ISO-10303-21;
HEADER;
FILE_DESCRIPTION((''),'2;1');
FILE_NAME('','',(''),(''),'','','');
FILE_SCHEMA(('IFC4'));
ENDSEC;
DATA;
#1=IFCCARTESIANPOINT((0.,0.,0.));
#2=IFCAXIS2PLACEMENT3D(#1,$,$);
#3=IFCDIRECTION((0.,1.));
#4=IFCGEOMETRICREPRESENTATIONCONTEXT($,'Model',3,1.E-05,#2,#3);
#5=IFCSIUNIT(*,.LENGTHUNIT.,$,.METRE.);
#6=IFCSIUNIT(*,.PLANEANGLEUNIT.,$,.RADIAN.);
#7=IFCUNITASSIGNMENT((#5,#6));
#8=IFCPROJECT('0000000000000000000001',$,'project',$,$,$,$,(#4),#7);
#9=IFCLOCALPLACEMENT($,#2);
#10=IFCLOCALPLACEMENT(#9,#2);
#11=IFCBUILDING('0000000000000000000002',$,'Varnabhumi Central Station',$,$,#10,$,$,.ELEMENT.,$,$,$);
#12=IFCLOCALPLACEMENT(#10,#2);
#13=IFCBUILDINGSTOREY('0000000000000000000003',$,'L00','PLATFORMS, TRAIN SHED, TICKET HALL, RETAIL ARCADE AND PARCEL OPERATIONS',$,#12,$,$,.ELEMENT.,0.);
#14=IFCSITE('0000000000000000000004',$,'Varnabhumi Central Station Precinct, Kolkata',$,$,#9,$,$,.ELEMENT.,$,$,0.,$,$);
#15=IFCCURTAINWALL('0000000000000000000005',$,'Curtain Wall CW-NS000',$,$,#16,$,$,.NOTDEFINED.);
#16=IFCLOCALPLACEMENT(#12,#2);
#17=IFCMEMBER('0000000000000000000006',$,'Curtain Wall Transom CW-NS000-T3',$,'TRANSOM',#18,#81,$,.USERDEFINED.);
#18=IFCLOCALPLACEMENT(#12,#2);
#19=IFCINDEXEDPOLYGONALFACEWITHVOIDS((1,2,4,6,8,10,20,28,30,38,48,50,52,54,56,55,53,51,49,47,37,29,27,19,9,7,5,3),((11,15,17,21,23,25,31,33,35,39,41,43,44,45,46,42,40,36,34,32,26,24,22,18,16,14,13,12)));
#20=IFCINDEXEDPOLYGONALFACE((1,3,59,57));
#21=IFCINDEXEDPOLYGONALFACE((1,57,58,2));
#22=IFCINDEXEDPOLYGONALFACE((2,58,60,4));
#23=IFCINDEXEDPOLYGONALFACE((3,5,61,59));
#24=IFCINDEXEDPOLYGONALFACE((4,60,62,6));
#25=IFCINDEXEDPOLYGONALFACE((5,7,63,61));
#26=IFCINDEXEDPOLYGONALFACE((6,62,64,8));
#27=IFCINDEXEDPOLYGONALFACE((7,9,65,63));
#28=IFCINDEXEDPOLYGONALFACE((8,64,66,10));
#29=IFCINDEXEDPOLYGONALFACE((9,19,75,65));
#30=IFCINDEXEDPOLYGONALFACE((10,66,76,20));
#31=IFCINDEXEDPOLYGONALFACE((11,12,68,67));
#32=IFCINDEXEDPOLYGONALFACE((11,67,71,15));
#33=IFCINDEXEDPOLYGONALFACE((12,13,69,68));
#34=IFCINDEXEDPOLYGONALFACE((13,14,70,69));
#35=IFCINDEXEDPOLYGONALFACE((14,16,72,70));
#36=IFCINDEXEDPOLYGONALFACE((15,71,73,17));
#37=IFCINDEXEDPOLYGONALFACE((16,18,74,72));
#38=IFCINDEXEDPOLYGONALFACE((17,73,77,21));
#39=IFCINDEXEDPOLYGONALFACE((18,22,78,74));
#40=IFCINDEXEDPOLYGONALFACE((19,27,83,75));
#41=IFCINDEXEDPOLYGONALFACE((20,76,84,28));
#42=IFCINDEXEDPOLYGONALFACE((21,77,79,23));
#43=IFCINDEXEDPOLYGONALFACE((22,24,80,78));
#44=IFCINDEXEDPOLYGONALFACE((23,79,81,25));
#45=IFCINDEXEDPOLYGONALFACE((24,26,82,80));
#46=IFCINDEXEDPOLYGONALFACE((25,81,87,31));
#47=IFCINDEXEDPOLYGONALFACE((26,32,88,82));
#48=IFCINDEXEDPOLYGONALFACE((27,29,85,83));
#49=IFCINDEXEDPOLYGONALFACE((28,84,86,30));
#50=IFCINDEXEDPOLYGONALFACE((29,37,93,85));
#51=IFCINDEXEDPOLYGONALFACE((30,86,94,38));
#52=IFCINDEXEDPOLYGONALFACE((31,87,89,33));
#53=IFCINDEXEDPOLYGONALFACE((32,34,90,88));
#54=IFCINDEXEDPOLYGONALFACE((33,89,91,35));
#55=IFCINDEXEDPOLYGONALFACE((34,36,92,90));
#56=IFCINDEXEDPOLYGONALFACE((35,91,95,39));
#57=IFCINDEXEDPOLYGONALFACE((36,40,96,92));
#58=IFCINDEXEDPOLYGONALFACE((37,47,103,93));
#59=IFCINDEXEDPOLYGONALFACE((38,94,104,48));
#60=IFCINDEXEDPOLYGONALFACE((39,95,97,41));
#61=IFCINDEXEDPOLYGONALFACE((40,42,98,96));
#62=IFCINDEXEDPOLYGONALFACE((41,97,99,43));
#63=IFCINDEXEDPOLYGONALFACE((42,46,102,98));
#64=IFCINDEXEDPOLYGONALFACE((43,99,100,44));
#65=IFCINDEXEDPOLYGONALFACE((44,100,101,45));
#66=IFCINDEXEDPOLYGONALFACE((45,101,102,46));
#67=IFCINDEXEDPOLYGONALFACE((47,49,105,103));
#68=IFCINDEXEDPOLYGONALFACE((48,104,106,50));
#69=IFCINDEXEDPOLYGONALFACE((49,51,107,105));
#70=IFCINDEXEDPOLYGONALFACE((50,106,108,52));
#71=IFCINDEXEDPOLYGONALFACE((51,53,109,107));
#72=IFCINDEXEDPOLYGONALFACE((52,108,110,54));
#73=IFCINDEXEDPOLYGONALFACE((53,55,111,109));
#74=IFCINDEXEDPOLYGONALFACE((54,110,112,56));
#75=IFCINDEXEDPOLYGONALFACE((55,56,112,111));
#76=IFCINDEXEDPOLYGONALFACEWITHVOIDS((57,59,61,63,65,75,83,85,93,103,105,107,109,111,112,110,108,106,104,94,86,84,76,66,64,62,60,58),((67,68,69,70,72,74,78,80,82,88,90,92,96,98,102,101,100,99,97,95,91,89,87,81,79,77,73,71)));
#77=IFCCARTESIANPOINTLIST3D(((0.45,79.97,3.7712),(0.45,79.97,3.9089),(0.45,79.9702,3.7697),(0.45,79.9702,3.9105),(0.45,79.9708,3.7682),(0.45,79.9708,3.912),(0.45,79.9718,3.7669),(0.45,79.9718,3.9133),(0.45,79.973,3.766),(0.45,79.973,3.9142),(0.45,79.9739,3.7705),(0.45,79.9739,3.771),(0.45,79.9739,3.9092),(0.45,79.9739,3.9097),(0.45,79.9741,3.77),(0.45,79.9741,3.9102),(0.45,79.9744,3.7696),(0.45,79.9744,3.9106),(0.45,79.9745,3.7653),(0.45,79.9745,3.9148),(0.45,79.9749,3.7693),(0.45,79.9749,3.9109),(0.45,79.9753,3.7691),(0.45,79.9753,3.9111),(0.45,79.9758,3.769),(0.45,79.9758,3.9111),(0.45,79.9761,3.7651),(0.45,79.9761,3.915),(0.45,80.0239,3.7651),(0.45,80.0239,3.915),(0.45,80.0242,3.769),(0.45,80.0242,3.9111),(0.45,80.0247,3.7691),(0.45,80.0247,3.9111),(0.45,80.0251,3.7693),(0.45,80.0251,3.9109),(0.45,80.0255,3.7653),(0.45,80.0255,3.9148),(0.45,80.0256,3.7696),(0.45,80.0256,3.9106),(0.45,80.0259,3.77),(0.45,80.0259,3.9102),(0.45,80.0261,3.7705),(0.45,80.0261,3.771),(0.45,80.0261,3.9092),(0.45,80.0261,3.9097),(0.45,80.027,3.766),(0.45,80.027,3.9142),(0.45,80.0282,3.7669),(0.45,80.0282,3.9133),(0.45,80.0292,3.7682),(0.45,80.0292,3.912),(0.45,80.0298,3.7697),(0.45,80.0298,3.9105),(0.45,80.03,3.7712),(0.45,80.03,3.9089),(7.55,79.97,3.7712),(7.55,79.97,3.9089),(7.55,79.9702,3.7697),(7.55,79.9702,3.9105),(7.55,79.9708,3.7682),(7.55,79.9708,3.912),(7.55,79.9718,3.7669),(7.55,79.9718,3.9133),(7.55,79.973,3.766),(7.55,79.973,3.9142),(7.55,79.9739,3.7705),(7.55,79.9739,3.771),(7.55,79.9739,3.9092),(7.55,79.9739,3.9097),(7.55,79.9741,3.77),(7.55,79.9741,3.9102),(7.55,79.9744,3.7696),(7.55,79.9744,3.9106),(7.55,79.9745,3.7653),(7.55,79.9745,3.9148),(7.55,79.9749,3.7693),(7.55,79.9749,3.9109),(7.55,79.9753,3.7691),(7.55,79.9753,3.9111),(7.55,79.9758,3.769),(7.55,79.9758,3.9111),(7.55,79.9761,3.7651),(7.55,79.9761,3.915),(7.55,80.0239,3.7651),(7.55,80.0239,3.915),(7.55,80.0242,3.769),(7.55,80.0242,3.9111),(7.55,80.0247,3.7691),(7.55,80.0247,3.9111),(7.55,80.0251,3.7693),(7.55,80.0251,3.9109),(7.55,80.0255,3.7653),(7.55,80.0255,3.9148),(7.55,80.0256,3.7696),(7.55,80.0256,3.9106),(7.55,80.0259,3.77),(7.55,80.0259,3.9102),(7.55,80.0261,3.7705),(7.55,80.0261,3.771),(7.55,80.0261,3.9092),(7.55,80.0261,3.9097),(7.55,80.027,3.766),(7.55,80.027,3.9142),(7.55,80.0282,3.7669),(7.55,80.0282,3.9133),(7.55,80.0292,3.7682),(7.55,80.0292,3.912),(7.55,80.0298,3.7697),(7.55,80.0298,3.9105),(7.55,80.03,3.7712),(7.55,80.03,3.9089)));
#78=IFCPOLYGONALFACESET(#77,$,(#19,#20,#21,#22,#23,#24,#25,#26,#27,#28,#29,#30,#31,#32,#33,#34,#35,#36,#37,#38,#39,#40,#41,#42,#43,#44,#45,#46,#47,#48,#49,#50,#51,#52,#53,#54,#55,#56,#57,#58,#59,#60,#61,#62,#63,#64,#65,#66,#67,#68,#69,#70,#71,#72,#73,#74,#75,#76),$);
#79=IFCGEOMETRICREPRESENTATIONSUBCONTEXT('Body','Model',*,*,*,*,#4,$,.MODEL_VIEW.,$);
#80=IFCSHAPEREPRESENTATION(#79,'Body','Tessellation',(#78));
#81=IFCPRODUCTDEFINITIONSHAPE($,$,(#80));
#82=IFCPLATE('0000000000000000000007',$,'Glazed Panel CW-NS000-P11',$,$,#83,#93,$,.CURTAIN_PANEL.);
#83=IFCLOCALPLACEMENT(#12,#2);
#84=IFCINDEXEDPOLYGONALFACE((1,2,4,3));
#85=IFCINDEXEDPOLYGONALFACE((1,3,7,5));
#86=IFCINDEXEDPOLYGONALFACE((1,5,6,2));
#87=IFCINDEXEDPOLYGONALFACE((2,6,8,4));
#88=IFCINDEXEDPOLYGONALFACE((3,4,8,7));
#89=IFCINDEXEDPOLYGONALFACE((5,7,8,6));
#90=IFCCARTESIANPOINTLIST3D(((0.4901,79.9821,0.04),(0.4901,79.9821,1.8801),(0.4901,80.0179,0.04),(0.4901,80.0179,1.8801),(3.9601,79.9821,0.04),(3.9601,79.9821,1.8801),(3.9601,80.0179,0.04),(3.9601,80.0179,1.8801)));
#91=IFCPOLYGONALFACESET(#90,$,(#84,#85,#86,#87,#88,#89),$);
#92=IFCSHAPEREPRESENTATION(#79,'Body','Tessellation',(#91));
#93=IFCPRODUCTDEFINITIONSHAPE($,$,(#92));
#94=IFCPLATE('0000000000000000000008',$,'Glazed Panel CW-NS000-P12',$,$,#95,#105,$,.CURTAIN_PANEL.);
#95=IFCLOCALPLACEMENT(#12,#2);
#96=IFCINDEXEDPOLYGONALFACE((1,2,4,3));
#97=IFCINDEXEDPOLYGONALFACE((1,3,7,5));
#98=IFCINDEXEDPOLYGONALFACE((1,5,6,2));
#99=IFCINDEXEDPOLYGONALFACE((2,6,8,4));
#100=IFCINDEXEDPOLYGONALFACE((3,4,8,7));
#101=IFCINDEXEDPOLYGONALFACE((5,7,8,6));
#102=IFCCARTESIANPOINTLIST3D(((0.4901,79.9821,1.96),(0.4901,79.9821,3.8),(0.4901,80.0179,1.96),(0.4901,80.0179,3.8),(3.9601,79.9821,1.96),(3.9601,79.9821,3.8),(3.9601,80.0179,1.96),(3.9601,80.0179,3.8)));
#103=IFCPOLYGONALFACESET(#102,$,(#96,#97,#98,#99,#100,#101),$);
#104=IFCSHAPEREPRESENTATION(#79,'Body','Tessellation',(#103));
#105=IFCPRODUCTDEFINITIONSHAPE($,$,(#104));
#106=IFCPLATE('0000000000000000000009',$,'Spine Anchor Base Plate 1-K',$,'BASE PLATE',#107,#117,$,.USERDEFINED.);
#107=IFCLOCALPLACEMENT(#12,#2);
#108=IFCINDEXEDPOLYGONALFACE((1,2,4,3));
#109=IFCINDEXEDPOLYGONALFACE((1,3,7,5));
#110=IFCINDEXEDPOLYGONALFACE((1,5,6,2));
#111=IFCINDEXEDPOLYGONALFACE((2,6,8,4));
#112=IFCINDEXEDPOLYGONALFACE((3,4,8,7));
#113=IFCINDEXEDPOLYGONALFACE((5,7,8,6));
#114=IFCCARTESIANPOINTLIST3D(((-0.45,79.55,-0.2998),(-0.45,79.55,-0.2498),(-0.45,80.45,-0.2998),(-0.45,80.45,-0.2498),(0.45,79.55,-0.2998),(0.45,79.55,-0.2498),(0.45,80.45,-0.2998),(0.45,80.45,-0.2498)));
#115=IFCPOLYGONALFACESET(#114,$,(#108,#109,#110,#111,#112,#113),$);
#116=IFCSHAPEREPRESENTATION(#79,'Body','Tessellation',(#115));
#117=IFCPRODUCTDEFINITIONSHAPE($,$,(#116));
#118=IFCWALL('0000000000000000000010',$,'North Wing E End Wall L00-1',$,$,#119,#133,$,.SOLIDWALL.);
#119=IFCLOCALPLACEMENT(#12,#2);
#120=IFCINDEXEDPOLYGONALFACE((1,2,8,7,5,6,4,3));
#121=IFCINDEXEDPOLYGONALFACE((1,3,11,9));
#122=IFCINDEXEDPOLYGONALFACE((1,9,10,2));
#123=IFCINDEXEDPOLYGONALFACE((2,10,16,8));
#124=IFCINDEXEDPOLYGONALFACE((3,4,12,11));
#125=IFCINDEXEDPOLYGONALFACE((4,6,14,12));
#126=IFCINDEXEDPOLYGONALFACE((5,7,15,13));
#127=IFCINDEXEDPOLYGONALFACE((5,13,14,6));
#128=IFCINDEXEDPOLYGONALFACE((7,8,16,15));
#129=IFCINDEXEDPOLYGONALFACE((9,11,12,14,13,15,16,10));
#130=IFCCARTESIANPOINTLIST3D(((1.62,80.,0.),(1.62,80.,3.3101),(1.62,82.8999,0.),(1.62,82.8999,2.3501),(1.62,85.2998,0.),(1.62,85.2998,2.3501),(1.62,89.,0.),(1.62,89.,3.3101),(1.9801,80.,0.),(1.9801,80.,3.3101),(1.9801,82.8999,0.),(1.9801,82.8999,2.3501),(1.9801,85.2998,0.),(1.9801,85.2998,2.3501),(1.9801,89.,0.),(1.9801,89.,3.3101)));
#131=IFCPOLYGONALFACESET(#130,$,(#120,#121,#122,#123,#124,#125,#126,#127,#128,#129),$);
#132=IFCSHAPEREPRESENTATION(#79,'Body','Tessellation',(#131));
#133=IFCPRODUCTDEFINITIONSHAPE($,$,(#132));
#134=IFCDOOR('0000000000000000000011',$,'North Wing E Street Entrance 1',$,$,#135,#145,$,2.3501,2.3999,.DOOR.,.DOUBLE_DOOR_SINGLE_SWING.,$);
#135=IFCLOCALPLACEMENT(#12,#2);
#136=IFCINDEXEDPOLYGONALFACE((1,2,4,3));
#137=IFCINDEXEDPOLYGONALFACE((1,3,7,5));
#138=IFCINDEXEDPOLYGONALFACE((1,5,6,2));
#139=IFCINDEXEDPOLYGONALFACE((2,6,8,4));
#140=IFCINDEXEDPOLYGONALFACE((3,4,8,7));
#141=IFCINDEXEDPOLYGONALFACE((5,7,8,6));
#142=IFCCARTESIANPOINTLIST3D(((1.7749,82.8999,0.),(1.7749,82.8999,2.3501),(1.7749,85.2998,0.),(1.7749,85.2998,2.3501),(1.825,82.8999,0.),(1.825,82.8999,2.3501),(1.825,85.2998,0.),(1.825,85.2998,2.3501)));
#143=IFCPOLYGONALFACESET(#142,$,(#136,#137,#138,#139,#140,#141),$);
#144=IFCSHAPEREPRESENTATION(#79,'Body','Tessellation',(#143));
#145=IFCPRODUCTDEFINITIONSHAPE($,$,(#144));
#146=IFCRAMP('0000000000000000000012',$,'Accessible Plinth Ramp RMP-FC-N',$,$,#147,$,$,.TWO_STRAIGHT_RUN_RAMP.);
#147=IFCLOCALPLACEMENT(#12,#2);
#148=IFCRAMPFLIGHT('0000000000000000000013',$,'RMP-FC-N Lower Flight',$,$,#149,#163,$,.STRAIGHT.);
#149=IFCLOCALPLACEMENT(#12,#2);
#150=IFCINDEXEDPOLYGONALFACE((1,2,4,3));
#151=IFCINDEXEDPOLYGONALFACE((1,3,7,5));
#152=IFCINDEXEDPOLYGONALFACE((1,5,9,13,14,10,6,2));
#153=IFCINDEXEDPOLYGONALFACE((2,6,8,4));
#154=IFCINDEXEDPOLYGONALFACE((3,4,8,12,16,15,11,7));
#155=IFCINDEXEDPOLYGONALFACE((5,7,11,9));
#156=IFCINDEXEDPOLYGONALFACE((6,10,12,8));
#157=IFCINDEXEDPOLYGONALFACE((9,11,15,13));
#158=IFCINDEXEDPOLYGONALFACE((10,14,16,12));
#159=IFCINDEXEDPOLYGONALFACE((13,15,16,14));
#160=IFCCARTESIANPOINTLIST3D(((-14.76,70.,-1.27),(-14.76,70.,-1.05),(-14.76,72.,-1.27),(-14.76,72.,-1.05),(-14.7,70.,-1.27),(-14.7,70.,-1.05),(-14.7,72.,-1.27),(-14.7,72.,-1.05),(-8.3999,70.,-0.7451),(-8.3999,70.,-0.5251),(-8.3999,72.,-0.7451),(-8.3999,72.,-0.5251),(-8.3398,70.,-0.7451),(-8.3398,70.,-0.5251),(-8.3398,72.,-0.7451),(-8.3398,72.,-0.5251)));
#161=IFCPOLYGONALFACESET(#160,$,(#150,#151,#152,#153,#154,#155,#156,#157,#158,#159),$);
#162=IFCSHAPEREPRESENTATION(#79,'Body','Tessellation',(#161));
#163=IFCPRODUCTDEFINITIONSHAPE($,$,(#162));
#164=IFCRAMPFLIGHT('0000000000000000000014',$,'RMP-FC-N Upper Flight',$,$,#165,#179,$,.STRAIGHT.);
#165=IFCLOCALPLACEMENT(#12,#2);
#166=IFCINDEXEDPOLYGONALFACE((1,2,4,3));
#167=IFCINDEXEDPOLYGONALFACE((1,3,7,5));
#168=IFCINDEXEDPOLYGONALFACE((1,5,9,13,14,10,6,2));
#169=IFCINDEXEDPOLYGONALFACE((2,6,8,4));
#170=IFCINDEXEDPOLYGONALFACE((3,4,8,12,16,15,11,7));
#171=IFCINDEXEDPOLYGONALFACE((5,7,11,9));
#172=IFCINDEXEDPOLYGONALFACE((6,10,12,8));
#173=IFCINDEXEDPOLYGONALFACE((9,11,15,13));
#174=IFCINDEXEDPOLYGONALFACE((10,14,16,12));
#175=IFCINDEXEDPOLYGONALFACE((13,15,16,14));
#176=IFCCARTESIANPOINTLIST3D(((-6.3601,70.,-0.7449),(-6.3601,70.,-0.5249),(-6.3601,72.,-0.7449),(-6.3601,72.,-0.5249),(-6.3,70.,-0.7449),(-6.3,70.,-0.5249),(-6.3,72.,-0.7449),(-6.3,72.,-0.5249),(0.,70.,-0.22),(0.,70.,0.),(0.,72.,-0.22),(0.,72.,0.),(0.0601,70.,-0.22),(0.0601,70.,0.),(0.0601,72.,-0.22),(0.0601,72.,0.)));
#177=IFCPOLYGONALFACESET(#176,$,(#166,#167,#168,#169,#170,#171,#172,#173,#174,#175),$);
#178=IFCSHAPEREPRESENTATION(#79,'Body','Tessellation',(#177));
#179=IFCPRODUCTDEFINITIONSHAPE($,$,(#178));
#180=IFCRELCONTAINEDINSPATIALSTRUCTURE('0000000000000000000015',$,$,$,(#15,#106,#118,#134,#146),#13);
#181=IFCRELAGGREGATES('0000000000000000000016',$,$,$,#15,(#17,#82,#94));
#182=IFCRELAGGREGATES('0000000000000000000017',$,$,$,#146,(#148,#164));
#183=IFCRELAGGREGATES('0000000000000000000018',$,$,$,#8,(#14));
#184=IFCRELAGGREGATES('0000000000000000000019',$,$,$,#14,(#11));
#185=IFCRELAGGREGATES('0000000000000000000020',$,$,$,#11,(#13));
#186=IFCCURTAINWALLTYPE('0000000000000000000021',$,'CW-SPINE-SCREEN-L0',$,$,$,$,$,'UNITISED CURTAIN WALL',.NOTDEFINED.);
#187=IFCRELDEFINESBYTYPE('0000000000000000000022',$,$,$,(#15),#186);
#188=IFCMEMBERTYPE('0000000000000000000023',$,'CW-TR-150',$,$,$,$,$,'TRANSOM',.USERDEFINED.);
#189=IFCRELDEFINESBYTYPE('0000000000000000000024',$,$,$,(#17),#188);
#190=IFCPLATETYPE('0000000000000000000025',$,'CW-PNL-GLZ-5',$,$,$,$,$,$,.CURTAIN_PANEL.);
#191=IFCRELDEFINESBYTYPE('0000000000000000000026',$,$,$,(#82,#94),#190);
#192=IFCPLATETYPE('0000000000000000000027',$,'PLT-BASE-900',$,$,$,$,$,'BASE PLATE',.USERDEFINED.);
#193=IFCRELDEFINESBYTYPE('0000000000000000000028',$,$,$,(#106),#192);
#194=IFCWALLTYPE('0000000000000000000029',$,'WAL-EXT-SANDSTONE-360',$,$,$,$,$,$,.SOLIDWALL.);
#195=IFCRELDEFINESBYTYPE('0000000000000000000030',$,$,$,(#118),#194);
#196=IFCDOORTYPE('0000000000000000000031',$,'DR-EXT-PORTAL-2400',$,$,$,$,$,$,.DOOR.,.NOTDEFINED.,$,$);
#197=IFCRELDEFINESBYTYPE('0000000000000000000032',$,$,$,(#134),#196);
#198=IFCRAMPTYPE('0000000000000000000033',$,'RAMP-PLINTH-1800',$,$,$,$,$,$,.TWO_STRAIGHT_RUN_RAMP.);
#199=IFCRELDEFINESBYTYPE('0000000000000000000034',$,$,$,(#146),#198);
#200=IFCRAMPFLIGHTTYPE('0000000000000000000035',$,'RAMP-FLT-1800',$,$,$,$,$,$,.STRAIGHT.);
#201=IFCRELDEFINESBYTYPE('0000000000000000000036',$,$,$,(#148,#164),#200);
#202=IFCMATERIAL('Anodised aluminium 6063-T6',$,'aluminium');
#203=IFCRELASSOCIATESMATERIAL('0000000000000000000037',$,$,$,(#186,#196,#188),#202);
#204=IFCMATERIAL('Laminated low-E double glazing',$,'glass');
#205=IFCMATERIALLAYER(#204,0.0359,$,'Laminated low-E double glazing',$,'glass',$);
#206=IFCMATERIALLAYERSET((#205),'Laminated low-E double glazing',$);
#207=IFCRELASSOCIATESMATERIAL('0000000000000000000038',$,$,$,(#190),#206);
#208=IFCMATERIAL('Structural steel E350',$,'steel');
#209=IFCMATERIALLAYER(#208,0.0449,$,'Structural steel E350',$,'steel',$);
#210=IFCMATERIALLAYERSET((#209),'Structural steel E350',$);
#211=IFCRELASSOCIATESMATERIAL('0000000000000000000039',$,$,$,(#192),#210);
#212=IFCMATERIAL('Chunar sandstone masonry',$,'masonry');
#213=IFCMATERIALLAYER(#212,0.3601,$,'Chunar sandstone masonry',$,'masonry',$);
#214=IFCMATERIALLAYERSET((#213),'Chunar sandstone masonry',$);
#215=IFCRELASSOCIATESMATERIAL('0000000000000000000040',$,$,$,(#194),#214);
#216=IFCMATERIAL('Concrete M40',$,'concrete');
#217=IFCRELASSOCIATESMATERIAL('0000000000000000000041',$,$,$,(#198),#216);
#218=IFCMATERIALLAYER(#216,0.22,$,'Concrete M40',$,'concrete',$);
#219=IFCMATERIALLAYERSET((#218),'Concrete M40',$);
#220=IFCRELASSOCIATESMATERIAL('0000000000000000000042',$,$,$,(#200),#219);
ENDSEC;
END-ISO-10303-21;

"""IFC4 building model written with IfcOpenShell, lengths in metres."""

from ifc_helpers import new_model, si_unit, direction, frame, frame_2d, origin, origin_2d, place, context, subcontext, project, spatial, polyline, rectangle, hollow_rectangle, outline, extrude, material, layer, layer_set, material_profile, profile_set, type_object, element, fill, aggregate, save


model = new_model("IFC4")

# Units and contexts
model_context = context("Model", 3, precision=1e-05, world=origin(), true_north=direction((0.0, 1.0)))
body_context = subcontext(model_context, "Body", "Model", "MODEL_VIEW")
ifc_project = project(units=[si_unit("LENGTHUNIT", "METRE"), si_unit("PLANEANGLEUNIT", "RADIAN")], contexts=[model_context])

# Site, building, storey
site_placement = place(None, origin())
site = spatial("IfcSite", under=ifc_project, at=site_placement, Name="Varnabhumi Central Station Precinct, Kolkata", CompositionType="ELEMENT", RefElevation=0.0)
building_placement = place(site_placement, origin())
building = spatial("IfcBuilding", under=site, at=building_placement, Name="Varnabhumi Central Station", CompositionType="ELEMENT")
storey_placement = place(building_placement, origin())
storey = spatial("IfcBuildingStorey", under=building, at=storey_placement, Name="L00", Description="PLATFORMS, TRAIN SHED, TICKET HALL, RETAIL ARCADE AND PARCEL OPERATIONS", CompositionType="ELEMENT", Elevation=0.0)

# Shared definitions
ifc_material_1 = material(Name="Concrete M40", Category="concrete")

# Shared definitions
ifc_material_2 = material(Name="Structural steel E350", Category="steel")

# Curtain wall, member, plates
ifc_material_3 = material(Name="Anodised aluminium 6063-T6", Category="aluminium")
curtain_wall_type = type_object("IfcCurtainWallType", Name="CW-SPINE-SCREEN-L0", ElementType="UNITISED CURTAIN WALL", PredefinedType="NOTDEFINED", material=ifc_material_3)
curtain_wall_placement = place(storey_placement, origin())
curtain_wall = element("IfcCurtainWall", 1, at=curtain_wall_placement, inside=storey, type_object=curtain_wall_type, Name="Curtain Wall CW-NS000", PredefinedType="NOTDEFINED")
ifc_material_profile_1 = material_profile(ifc_material_3, hollow_rectangle(XDim=0.0601, YDim=0.1499, WallThickness=0.0039, InnerFilletRadius=0.002, OuterFilletRadius=0.0061, at=origin_2d()), Name="Anodised aluminium 6063-T6", Category="aluminium")
ifc_profile_set_1 = profile_set([ifc_material_profile_1], Name="Anodised aluminium 6063-T6")
member_type_1 = type_object("IfcMemberType", Name="CW-TR-150", ElementType="TRANSOM", PredefinedType="USERDEFINED", material=ifc_profile_set_1)
member_1_placement = place(storey_placement, frame((0.45, 80.0, 3.8401), z_axis=(1.0, 0.0, 0.0), x_axis=(0.0, 1.0, 0.0)))
member_1 = element("IfcMember", 2, at=member_1_placement, type_object=member_type_1, Name="Curtain Wall Transom CW-NS000-T3", ObjectType="TRANSOM", PredefinedType="USERDEFINED", context=body_context, shape_type="SweptSolid", body=[
    extrude(hollow_rectangle(XDim=0.0601, YDim=0.1499, WallThickness=0.0039, InnerFilletRadius=0.002, OuterFilletRadius=0.0061, at=origin_2d()), origin(), (0.0, 0.0, 1.0), 7.1001),
])
ifc_material_4 = material(Name="Laminated low-E double glazing", Category="glass")
ifc_layer_1 = layer(ifc_material_4, 0.0359, Name="Laminated low-E double glazing", Category="glass")
ifc_layer_set_1 = layer_set([ifc_layer_1], Name="Laminated low-E double glazing")
plate_type_1 = type_object("IfcPlateType", Name="CW-PNL-GLZ-5", PredefinedType="CURTAIN_PANEL", material=ifc_layer_set_1)
plate_1_placement = place(storey_placement, frame((2.2251, 80.0, 0.04), z_axis=(0.0, 0.0, 1.0), x_axis=(1.0, 0.0, 0.0)))
plate_1 = element("IfcPlate", 3, at=plate_1_placement, type_object=plate_type_1, Name="Glazed Panel CW-NS000-P11", PredefinedType="CURTAIN_PANEL", context=body_context, shape_type="SweptSolid", body=[
    extrude(rectangle(XDim=3.47, YDim=0.0359, at=origin_2d()), origin(), (0.0, 0.0, 1.0), 1.8401),
])
plate_2_placement = place(storey_placement, frame((2.2251, 80.0, 1.96), z_axis=(0.0, 0.0, 1.0), x_axis=(1.0, 0.0, 0.0)))
plate_2 = element("IfcPlate", 4, at=plate_2_placement, type_object=plate_type_1, Name="Glazed Panel CW-NS000-P12", PredefinedType="CURTAIN_PANEL", context=body_context, shape_type="SweptSolid", body=[
    extrude(rectangle(XDim=3.47, YDim=0.0359, at=origin_2d()), origin(), (0.0, 0.0, 1.0), 1.8401),
])
aggregate(curtain_wall, [member_1, plate_1, plate_2])

# Plate
ifc_layer_2 = layer(ifc_material_2, 0.0449, Name="Structural steel E350", Category="steel")
ifc_layer_set_2 = layer_set([ifc_layer_2], Name="Structural steel E350")
plate_type_2 = type_object("IfcPlateType", Name="PLT-BASE-900", ElementType="BASE PLATE", PredefinedType="USERDEFINED", material=ifc_layer_set_2)
plate_3_placement = place(storey_placement, frame((0.0, 80.0, -0.2998), z_axis=(0.0, 0.0, 1.0), x_axis=(1.0, 0.0, 0.0)))
element("IfcPlate", 5, at=plate_3_placement, inside=storey, type_object=plate_type_2, Name="Spine Anchor Base Plate 1-K", ObjectType="BASE PLATE", PredefinedType="USERDEFINED", context=body_context, shape_type="SweptSolid", body=[
    extrude(rectangle(XDim=0.8999, YDim=0.8999, at=origin_2d()), origin(), (0.0, 0.0, 1.0), 0.05),
])

# Wall, opening, door
ifc_material_5 = material(Name="Chunar sandstone masonry", Category="masonry")
ifc_layer_3 = layer(ifc_material_5, 0.3601, Name="Chunar sandstone masonry", Category="masonry")
ifc_layer_set_3 = layer_set([ifc_layer_3], Name="Chunar sandstone masonry")
wall_type = type_object("IfcWallType", Name="WAL-EXT-SANDSTONE-360", PredefinedType="SOLIDWALL", material=ifc_layer_set_3)
wall_placement = place(storey_placement, frame((1.8, 80.0, 0.0), z_axis=(0.0, 0.0, 1.0), x_axis=(0.0, 1.0, 0.0)))
wall = element("IfcWall", 6, at=wall_placement, inside=storey, type_object=wall_type, Name="North Wing E End Wall L00-1", PredefinedType="SOLIDWALL", context=body_context, shape_type="SweptSolid", body=[
    extrude(rectangle(XDim=9.0, YDim=0.3601, at=frame_2d((4.5, 0.0))), origin(), (0.0, 0.0, 1.0), 3.3101),
])
opening_placement = place(wall_placement, frame((2.8999, 0.0, 0.0)))
opening = element("IfcOpeningElement", 7, at=opening_placement, cuts=wall, PredefinedType="OPENING", context=body_context, shape_type="SweptSolid", body=[
    extrude(rectangle(XDim=2.3999, YDim=2.3501, at=frame_2d((1.2, 1.175))), frame((0.0, 0.1899, 0.0), z_axis=(0.0, -1.0, 0.0), x_axis=(1.0, 0.0, 0.0)), (0.0, 0.0, 1.0), 0.3801),
])
door_type = type_object("IfcDoorType", Name="DR-EXT-PORTAL-2400", OperationType="NOTDEFINED", PredefinedType="DOOR", material=ifc_material_3)
door_placement = place(opening_placement, frame((2.3999, 0.0, 0.0), z_axis=(0.0, 0.0, 1.0), x_axis=(-1.0, 0.0, 0.0)))
door = element("IfcDoor", 8, at=door_placement, inside=storey, type_object=door_type, Name="North Wing E Street Entrance 1", OperationType="DOUBLE_DOOR_SINGLE_SWING", OverallHeight=2.3501, OverallWidth=2.3999, PredefinedType="DOOR", context=body_context, shape_type="SweptSolid", body=[
    extrude(rectangle(XDim=2.3999, YDim=2.3501, at=frame_2d((1.2, 1.175))), frame((0.0, 0.0249, 0.0), z_axis=(0.0, -1.0, 0.0), x_axis=(1.0, 0.0, 0.0)), (0.0, 0.0, 1.0), 0.05),
])
fill(opening, door)

# Ramp, ramp flights
ramp_type = type_object("IfcRampType", Name="RAMP-PLINTH-1800", PredefinedType="TWO_STRAIGHT_RUN_RAMP", material=ifc_material_1)
ramp_placement = place(storey_placement, origin())
ramp = element("IfcRamp", 9, at=ramp_placement, inside=storey, type_object=ramp_type, Name="Accessible Plinth Ramp RMP-FC-N", PredefinedType="TWO_STRAIGHT_RUN_RAMP")
ifc_layer_4 = layer(ifc_material_1, 0.22, Name="Concrete M40", Category="concrete")
ifc_layer_set_4 = layer_set([ifc_layer_4], Name="Concrete M40")
ramp_flight_type = type_object("IfcRampFlightType", Name="RAMP-FLT-1800", PredefinedType="STRAIGHT", material=ifc_layer_set_4)
ramp_flight_1_placement = place(storey_placement, frame((-14.7, 71.0, -1.05), z_axis=(0.0, 0.0, 1.0), x_axis=(1.0, 0.0, 0.0)))
ramp_flight_1 = element("IfcRampFlight", 10, at=ramp_flight_1_placement, type_object=ramp_flight_type, Name="RMP-FC-N Lower Flight", PredefinedType="STRAIGHT", context=body_context, shape_type="SweptSolid", body=[
    extrude(outline(polyline([(-0.0601, 0.0), (0.0, 0.0), (6.3, 0.5249), (6.3601, 0.5249), (6.3601, 0.3049), (6.3, 0.3049), (0.0, -0.22), (-0.0601, -0.22), (-0.0601, 0.0)])), frame((0.0, 1.0, 0.0), z_axis=(0.0, -1.0, 0.0), x_axis=(1.0, 0.0, 0.0)), (0.0, 0.0, 1.0), 2.0),
])
ramp_flight_2_placement = place(storey_placement, frame((-6.3, 71.0, -0.5249), z_axis=(0.0, 0.0, 1.0), x_axis=(1.0, 0.0, 0.0)))
ramp_flight_2 = element("IfcRampFlight", 11, at=ramp_flight_2_placement, type_object=ramp_flight_type, Name="RMP-FC-N Upper Flight", PredefinedType="STRAIGHT", context=body_context, shape_type="SweptSolid", body=[
    extrude(outline(polyline([(-0.0601, 0.0), (0.0, 0.0), (6.3, 0.5249), (6.3601, 0.5249), (6.3601, 0.3049), (6.3, 0.3049), (0.0, -0.22), (-0.0601, -0.22), (-0.0601, 0.0)])), frame((0.0, 1.0, 0.0), z_axis=(0.0, -1.0, 0.0), x_axis=(1.0, 0.0, 0.0)), (0.0, 0.0, 1.0), 2.0),
])
aggregate(ramp, [ramp_flight_1, ramp_flight_2])

save(model, "model.ifc")
